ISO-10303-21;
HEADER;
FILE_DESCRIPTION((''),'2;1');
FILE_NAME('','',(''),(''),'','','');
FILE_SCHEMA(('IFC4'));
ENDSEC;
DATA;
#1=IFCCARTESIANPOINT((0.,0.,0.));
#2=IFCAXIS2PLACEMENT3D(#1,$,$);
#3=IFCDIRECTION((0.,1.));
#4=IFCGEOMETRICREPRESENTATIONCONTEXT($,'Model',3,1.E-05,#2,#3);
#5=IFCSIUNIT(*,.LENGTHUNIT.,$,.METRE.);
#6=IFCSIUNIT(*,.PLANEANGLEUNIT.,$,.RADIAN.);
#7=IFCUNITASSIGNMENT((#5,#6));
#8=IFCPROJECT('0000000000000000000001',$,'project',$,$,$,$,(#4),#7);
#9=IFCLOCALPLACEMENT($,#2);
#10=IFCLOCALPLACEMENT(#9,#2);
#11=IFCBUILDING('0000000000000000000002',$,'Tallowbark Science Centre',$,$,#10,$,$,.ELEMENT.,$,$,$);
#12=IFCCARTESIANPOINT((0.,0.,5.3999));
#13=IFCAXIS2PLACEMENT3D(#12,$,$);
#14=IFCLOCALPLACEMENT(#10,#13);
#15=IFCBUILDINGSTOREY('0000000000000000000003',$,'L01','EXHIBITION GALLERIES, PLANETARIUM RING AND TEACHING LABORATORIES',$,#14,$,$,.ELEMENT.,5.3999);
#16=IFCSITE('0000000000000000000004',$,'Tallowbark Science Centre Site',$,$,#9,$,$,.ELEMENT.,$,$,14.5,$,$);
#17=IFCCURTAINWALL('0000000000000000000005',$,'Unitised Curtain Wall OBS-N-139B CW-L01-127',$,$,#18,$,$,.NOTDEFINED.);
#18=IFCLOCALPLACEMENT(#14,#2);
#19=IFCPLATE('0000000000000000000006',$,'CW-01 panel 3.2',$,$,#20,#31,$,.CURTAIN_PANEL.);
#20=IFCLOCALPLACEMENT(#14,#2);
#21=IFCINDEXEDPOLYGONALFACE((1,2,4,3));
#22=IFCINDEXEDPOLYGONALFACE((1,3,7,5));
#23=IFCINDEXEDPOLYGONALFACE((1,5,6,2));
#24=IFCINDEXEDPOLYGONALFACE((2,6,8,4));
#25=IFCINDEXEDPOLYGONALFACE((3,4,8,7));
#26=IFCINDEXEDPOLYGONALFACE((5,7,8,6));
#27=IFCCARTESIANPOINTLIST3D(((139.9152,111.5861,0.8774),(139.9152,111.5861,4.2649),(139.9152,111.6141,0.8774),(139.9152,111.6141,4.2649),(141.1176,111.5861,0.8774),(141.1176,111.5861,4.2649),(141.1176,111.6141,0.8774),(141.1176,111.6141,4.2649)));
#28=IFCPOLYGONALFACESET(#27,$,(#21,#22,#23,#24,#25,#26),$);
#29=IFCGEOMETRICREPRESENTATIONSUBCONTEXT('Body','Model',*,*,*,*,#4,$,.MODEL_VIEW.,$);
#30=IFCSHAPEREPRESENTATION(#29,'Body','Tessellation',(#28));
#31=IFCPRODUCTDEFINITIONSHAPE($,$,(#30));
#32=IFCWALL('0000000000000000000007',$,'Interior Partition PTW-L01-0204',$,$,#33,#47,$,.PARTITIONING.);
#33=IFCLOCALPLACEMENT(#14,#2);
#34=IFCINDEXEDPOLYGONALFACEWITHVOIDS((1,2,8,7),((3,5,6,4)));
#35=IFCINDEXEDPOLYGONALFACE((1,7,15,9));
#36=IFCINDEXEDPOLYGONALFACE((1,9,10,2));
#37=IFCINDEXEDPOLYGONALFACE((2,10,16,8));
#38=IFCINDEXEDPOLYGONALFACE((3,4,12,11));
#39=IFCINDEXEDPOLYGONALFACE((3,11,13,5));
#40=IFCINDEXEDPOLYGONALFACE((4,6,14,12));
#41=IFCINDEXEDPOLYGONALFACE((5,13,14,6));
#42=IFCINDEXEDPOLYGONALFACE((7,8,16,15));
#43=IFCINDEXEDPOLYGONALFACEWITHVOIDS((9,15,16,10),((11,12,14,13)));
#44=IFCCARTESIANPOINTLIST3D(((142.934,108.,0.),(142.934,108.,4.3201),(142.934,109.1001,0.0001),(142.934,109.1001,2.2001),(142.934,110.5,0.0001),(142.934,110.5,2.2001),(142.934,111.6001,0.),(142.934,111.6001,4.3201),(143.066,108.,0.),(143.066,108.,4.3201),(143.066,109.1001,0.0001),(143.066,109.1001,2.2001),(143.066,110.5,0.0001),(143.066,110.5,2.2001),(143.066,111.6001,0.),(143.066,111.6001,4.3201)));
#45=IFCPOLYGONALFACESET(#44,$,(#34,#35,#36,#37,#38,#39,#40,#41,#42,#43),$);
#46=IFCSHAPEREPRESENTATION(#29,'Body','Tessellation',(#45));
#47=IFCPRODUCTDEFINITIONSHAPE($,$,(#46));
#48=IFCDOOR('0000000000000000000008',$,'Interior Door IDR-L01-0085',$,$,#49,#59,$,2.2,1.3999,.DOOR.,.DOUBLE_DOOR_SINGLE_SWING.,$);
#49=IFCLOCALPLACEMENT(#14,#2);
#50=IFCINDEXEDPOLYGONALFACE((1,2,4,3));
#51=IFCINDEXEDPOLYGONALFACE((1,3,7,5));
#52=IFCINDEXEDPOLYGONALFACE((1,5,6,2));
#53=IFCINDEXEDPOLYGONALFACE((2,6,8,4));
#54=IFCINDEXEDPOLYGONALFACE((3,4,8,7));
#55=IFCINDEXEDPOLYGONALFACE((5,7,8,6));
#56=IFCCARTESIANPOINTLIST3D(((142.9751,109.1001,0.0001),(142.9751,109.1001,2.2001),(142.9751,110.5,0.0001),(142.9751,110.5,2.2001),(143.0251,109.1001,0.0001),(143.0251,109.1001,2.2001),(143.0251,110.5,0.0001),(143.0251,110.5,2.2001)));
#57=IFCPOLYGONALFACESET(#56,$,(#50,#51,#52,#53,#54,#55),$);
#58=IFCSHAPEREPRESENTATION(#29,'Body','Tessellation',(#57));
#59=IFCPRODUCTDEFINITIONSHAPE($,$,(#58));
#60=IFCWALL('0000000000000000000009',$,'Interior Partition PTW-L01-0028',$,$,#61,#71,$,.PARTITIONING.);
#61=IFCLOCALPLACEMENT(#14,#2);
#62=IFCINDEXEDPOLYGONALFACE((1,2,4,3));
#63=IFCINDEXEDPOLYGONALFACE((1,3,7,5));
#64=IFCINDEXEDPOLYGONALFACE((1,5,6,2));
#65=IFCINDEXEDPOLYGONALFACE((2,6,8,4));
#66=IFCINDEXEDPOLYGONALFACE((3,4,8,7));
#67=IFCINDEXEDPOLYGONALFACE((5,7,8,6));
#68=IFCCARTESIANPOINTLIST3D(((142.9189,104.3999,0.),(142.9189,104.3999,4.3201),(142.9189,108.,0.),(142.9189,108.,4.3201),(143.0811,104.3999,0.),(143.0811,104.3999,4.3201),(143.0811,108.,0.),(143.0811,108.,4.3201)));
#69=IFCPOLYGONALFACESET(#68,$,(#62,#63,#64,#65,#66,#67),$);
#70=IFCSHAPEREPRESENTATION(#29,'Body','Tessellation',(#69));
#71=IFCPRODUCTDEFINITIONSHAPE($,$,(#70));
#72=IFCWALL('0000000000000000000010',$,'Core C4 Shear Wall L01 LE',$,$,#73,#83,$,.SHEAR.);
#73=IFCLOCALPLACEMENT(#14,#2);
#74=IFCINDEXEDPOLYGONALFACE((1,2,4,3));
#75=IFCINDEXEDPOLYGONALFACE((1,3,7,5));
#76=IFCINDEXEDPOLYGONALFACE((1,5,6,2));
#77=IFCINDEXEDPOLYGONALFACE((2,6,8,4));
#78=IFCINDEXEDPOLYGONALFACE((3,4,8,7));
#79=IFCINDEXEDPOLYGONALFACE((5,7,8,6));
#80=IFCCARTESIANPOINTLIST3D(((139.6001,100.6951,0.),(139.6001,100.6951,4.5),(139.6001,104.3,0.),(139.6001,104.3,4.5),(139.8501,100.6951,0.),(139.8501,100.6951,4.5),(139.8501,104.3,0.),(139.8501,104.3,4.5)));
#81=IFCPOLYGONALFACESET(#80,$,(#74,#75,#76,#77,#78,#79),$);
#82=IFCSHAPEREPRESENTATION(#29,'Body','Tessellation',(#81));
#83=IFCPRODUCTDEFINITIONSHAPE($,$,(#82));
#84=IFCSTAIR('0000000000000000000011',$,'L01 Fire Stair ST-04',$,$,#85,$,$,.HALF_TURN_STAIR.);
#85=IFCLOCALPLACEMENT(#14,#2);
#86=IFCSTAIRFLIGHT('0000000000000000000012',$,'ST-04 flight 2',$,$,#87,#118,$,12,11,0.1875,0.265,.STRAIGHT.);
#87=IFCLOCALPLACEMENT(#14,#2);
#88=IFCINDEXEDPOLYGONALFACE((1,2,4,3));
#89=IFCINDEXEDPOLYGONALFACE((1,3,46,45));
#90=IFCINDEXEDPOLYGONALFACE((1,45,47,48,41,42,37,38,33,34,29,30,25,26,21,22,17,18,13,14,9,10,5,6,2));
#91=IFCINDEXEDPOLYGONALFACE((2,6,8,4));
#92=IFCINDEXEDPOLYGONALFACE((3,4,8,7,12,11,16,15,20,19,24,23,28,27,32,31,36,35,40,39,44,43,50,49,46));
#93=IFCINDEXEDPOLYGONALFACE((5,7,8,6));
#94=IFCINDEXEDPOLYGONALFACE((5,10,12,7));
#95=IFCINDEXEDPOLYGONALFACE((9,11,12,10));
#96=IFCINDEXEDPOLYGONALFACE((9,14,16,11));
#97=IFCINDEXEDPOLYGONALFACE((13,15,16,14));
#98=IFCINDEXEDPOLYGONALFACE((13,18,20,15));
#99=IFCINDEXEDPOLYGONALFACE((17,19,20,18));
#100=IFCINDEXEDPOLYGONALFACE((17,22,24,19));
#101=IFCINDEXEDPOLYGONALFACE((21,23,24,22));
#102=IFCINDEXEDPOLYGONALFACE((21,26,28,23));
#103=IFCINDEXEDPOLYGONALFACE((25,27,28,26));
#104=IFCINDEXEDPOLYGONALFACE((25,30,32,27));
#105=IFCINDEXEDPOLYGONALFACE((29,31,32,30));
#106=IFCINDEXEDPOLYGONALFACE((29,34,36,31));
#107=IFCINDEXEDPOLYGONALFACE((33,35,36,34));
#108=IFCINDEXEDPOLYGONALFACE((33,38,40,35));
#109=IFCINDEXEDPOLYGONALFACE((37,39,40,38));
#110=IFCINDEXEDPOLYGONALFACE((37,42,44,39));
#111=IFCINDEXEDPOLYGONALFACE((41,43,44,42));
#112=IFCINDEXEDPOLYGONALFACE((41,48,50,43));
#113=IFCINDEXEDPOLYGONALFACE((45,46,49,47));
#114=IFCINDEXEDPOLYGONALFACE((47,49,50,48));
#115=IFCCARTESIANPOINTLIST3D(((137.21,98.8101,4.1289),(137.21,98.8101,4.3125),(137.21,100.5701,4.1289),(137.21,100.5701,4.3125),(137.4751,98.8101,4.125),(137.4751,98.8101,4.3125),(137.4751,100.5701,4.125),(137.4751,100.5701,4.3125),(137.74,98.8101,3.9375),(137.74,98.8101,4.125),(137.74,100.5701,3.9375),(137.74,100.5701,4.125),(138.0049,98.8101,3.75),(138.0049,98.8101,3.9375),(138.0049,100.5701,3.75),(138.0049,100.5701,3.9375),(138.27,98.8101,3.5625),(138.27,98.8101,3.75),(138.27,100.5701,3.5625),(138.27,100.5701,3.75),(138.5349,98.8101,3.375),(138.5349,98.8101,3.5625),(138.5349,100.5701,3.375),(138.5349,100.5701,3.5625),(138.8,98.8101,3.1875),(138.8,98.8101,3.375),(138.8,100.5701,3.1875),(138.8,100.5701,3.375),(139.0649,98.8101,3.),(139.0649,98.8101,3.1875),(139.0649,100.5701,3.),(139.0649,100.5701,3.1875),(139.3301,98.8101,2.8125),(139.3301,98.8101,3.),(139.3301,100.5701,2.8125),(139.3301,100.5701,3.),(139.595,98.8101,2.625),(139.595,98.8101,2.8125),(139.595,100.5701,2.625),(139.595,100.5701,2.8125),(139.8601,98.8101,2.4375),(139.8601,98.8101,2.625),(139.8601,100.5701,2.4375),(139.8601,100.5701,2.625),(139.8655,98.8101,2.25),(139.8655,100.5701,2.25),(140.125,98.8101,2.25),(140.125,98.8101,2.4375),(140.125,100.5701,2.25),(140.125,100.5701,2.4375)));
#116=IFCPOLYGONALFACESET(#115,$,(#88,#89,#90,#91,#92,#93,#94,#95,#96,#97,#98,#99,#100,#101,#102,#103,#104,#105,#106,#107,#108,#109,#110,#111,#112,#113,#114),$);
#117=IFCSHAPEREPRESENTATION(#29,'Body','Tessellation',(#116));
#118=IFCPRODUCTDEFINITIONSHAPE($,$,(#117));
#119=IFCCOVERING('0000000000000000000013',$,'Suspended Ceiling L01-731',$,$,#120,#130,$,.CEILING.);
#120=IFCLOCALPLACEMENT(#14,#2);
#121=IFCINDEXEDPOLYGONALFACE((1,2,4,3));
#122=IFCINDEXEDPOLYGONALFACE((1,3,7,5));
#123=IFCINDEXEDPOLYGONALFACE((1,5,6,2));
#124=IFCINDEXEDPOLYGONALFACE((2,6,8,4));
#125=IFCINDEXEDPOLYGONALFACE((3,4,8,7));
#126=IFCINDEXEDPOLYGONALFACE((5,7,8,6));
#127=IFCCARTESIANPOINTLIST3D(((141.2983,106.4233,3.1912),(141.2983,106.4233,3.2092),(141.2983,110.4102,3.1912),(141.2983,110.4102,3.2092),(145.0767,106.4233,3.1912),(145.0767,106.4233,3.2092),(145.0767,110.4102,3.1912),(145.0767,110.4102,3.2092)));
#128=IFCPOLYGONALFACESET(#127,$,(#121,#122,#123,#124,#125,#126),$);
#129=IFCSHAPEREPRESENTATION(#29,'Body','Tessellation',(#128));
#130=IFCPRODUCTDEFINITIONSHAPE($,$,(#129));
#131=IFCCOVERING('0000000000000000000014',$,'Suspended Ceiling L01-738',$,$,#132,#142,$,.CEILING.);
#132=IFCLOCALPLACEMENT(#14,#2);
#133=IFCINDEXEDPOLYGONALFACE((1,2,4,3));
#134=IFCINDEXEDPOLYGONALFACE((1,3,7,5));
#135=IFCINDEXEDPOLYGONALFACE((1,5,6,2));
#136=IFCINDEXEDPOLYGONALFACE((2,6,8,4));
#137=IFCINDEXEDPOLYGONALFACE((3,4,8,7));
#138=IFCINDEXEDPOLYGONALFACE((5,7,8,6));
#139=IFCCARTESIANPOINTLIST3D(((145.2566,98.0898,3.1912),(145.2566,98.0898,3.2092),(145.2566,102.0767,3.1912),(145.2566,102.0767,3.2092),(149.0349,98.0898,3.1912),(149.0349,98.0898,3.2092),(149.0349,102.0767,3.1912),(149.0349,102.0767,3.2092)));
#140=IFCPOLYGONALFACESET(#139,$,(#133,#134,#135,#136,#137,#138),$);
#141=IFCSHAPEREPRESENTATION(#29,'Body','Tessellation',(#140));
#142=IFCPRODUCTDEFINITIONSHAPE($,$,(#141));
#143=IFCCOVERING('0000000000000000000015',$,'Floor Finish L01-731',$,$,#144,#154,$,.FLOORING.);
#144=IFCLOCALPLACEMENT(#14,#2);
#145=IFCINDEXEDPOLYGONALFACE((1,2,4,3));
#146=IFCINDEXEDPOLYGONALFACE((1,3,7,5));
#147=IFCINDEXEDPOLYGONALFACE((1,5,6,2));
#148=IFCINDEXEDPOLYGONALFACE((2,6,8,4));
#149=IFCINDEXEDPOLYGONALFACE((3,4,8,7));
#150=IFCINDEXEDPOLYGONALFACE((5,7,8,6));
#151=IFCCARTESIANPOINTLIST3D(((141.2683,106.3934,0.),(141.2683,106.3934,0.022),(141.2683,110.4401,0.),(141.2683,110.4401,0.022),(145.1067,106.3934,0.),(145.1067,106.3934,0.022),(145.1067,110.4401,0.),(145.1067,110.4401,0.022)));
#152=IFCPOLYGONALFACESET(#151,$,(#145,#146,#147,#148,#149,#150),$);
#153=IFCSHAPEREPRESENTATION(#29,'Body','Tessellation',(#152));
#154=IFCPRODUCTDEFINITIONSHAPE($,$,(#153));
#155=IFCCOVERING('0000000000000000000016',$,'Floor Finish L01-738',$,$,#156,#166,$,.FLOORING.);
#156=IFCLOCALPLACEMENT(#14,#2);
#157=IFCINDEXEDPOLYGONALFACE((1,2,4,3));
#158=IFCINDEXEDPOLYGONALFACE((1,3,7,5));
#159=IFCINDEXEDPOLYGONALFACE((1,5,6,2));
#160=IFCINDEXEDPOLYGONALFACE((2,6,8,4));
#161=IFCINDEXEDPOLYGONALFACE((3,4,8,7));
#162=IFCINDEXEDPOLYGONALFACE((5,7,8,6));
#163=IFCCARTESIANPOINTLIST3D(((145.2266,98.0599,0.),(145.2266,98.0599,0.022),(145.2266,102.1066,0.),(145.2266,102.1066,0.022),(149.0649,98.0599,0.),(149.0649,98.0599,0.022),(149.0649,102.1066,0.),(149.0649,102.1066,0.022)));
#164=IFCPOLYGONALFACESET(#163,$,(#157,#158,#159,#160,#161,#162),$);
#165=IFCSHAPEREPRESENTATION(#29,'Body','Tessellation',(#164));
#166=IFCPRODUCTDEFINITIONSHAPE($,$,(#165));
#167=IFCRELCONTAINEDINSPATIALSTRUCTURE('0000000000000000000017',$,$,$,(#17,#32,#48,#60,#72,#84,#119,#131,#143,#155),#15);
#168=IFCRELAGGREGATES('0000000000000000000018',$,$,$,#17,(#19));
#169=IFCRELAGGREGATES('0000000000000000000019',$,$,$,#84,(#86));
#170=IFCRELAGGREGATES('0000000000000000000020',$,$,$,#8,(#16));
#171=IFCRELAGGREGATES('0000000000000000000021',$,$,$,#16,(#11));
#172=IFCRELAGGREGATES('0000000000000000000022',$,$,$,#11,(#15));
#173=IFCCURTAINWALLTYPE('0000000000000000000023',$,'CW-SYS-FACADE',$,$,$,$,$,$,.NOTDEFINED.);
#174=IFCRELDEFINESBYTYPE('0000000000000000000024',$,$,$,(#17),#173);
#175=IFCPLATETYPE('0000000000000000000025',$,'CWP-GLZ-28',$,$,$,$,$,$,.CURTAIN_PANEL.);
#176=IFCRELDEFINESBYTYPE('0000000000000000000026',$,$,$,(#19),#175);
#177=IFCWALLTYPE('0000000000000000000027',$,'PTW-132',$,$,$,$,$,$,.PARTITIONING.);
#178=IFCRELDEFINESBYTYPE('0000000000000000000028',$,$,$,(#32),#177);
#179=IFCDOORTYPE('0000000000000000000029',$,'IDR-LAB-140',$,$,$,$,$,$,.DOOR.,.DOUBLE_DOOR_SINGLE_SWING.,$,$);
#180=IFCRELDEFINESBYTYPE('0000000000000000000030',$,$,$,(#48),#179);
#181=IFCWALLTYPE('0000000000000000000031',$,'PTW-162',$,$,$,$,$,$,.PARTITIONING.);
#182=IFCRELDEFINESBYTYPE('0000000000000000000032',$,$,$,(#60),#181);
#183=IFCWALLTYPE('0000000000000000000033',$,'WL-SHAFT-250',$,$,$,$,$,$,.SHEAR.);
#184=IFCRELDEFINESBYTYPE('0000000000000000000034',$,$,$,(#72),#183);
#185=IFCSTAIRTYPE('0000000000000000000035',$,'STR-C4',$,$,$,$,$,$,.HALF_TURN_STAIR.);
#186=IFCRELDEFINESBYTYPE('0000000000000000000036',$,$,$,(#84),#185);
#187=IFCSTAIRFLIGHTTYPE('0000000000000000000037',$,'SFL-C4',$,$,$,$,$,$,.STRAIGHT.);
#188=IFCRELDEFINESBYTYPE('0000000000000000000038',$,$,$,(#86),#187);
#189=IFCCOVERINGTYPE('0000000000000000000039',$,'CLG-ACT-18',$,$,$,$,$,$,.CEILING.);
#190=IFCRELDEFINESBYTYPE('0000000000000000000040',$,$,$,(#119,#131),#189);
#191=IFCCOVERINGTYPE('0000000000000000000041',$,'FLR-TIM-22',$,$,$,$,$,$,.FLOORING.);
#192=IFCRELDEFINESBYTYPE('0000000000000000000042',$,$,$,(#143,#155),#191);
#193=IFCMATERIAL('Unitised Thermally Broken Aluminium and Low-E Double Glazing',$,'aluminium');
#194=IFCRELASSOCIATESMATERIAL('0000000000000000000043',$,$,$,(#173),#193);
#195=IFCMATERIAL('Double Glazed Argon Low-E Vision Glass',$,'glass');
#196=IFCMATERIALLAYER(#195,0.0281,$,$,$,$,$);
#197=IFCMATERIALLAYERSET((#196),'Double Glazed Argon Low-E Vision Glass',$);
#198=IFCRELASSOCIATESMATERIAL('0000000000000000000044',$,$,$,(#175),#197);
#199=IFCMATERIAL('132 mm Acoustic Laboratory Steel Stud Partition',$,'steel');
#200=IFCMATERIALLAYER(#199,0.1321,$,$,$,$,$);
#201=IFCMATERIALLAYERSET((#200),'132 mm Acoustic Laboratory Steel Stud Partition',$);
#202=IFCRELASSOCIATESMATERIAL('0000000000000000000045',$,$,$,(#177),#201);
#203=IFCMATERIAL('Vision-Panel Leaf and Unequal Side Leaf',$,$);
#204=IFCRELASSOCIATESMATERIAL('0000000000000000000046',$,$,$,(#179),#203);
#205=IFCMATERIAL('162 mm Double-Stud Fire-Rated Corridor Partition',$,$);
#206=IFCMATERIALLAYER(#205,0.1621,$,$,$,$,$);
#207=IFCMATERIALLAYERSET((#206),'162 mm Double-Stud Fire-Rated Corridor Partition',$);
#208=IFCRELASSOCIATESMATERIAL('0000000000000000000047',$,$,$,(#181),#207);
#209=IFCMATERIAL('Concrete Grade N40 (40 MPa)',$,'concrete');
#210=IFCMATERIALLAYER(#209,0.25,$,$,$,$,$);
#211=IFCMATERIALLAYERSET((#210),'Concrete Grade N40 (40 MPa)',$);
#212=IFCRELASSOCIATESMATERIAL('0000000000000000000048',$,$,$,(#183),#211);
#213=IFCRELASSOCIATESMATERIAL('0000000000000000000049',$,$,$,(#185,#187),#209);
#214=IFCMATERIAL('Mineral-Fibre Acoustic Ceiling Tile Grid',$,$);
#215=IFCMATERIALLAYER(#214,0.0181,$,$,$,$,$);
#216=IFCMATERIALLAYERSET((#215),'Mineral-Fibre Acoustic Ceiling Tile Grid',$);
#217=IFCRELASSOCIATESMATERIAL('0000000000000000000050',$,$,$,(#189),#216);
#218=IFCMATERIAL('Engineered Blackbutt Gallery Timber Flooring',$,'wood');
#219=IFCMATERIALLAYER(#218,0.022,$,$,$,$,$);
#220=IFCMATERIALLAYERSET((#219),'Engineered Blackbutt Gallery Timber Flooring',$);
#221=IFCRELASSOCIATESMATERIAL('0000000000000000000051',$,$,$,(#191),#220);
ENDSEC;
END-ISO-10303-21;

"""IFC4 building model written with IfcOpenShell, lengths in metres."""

from ifc_helpers import new_model, si_unit, direction, frame, frame_2d, origin, origin_2d, place, context, subcontext, project, spatial, polyline, rectangle, outline, extrude, material, layer, layer_set, type_object, element, fill, aggregate, save


model = new_model("IFC4")

# Units and contexts
model_context = context("Model", 3, precision=1e-05, world=origin(), true_north=direction((0.0, 1.0)))
body_context = subcontext(model_context, "Body", "Model", "MODEL_VIEW")
ifc_project = project(units=[si_unit("LENGTHUNIT", "METRE"), si_unit("PLANEANGLEUNIT", "RADIAN")], contexts=[model_context])

# Site, building, storey
site_placement = place(None, origin())
site = spatial("IfcSite", under=ifc_project, at=site_placement, Name="Tallowbark Science Centre Site", CompositionType="ELEMENT", RefElevation=14.5)
building_placement = place(site_placement, origin())
building = spatial("IfcBuilding", under=site, at=building_placement, Name="Tallowbark Science Centre", CompositionType="ELEMENT")
storey_placement = place(building_placement, frame((0.0, 0.0, 5.3999)))
storey = spatial("IfcBuildingStorey", under=building, at=storey_placement, Name="L01", Description="EXHIBITION GALLERIES, PLANETARIUM RING AND TEACHING LABORATORIES", CompositionType="ELEMENT", Elevation=5.3999)

# Curtain wall
ifc_material_1 = material(Name="Unitised Thermally Broken Aluminium and Low-E Double Glazing", Category="aluminium")
curtain_wall_type = type_object("IfcCurtainWallType", Name="CW-SYS-FACADE", PredefinedType="NOTDEFINED", material=ifc_material_1)
curtain_wall_placement = place(storey_placement, origin())
curtain_wall = element("IfcCurtainWall", 1, at=curtain_wall_placement, inside=storey, type_object=curtain_wall_type, Name="Unitised Curtain Wall OBS-N-139B CW-L01-127", PredefinedType="NOTDEFINED")

# Plate
ifc_material_2 = material(Name="Double Glazed Argon Low-E Vision Glass", Category="glass")
ifc_layer_1 = layer(ifc_material_2, 0.0281)
ifc_layer_set_1 = layer_set([ifc_layer_1], Name="Double Glazed Argon Low-E Vision Glass")
plate_type = type_object("IfcPlateType", Name="CWP-GLZ-28", PredefinedType="CURTAIN_PANEL", material=ifc_layer_set_1)
plate_1_placement = place(storey_placement, frame((140.5164, 111.6001, 0.8774), z_axis=(0.0, 0.0, 1.0), x_axis=(-1.0, 0.0, 0.0)))
plate_1 = element("IfcPlate", 2, at=plate_1_placement, type_object=plate_type, Name="CW-01 panel 3.2", PredefinedType="CURTAIN_PANEL", context=body_context, shape_type="SweptSolid", body=[
    extrude(rectangle(XDim=1.2024, YDim=0.0281, at=origin_2d()), origin(), (0.0, 0.0, 1.0), 3.3875),
])
aggregate(curtain_wall, [plate_1])

# Wall, opening, door
ifc_material_3 = material(Name="132 mm Acoustic Laboratory Steel Stud Partition", Category="steel")
ifc_layer_2 = layer(ifc_material_3, 0.1321)
ifc_layer_set_2 = layer_set([ifc_layer_2], Name="132 mm Acoustic Laboratory Steel Stud Partition")
wall_type_1 = type_object("IfcWallType", Name="PTW-132", PredefinedType="PARTITIONING", material=ifc_layer_set_2)
wall_1_placement = place(storey_placement, frame((143.0, 108.0, 0.0), z_axis=(0.0, 0.0, 1.0), x_axis=(0.0, 1.0, 0.0)))
wall_1 = element("IfcWall", 3, at=wall_1_placement, inside=storey, type_object=wall_type_1, Name="Interior Partition PTW-L01-0204", PredefinedType="PARTITIONING", context=body_context, shape_type="SweptSolid", body=[
    extrude(rectangle(XDim=3.6001, YDim=0.1321, at=frame_2d((1.8, 0.0))), origin(), (0.0, 0.0, 1.0), 4.3201),
])
opening_placement = place(wall_1_placement, frame((1.1001, 0.0, 0.0)))
opening = element("IfcOpeningElement", 4, at=opening_placement, cuts=wall_1, PredefinedType="OPENING", context=body_context, shape_type="SweptSolid", body=[
    extrude(rectangle(XDim=1.3999, YDim=2.2, at=frame_2d((0.7, 1.1001))), frame((0.0, 0.0762, 0.0), z_axis=(0.0, -1.0, 0.0), x_axis=(1.0, 0.0, 0.0)), (0.0, 0.0, 1.0), 0.1521),
])
ifc_material_4 = material(Name="Vision-Panel Leaf and Unequal Side Leaf")
door_type = type_object("IfcDoorType", Name="IDR-LAB-140", OperationType="DOUBLE_DOOR_SINGLE_SWING", PredefinedType="DOOR", material=ifc_material_4)
door_placement = place(opening_placement, origin())
door = element("IfcDoor", 5, at=door_placement, inside=storey, type_object=door_type, Name="Interior Door IDR-L01-0085", OperationType="DOUBLE_DOOR_SINGLE_SWING", OverallHeight=2.2, OverallWidth=1.3999, PredefinedType="DOOR", context=body_context, shape_type="SweptSolid", body=[
    extrude(rectangle(XDim=1.3999, YDim=2.2, at=frame_2d((0.7, 1.1001))), frame((0.0, 0.0249, 0.0), z_axis=(0.0, -1.0, 0.0), x_axis=(1.0, 0.0, 0.0)), (0.0, 0.0, 1.0), 0.05),
])
fill(opening, door)

# Walls
ifc_material_5 = material(Name="162 mm Double-Stud Fire-Rated Corridor Partition")
ifc_layer_3 = layer(ifc_material_5, 0.1621)
ifc_layer_set_3 = layer_set([ifc_layer_3], Name="162 mm Double-Stud Fire-Rated Corridor Partition")
wall_type_2 = type_object("IfcWallType", Name="PTW-162", PredefinedType="PARTITIONING", material=ifc_layer_set_3)
wall_2_placement = place(storey_placement, frame((143.0, 104.3999, 0.0), z_axis=(0.0, 0.0, 1.0), x_axis=(0.0, 1.0, 0.0)))
element("IfcWall", 6, at=wall_2_placement, inside=storey, type_object=wall_type_2, Name="Interior Partition PTW-L01-0028", PredefinedType="PARTITIONING", context=body_context, shape_type="SweptSolid", body=[
    extrude(rectangle(XDim=3.6001, YDim=0.1621, at=frame_2d((1.8, 0.0))), origin(), (0.0, 0.0, 1.0), 4.3201),
])
ifc_material_6 = material(Name="Concrete Grade N40 (40 MPa)", Category="concrete")
ifc_layer_4 = layer(ifc_material_6, 0.25)
ifc_layer_set_4 = layer_set([ifc_layer_4], Name="Concrete Grade N40 (40 MPa)")
wall_type_3 = type_object("IfcWallType", Name="WL-SHAFT-250", PredefinedType="SHEAR", material=ifc_layer_set_4)
wall_3_placement = place(storey_placement, frame((139.7251, 100.6951, 0.0), z_axis=(0.0, 0.0, 1.0), x_axis=(0.0, 1.0, 0.0)))
element("IfcWall", 7, at=wall_3_placement, inside=storey, type_object=wall_type_3, Name="Core C4 Shear Wall L01 LE", PredefinedType="SHEAR", context=body_context, shape_type="SweptSolid", body=[
    extrude(rectangle(XDim=3.605, YDim=0.25, at=frame_2d((1.8025, 0.0))), origin(), (0.0, 0.0, 1.0), 4.5),
])

# Stair, stair flight
stair_type = type_object("IfcStairType", Name="STR-C4", PredefinedType="HALF_TURN_STAIR", material=ifc_material_6)
stair_placement = place(storey_placement, origin())
stair = element("IfcStair", 8, at=stair_placement, inside=storey, type_object=stair_type, Name="L01 Fire Stair ST-04", PredefinedType="HALF_TURN_STAIR")
stair_flight_type = type_object("IfcStairFlightType", Name="SFL-C4", PredefinedType="STRAIGHT", material=ifc_material_6)
stair_flight_placement = place(storey_placement, frame((140.125, 99.6899, 2.25), z_axis=(0.0, 0.0, 1.0), x_axis=(-1.0, 0.0, 0.0)))
stair_flight = element("IfcStairFlight", 9, at=stair_flight_placement, type_object=stair_flight_type, Name="ST-04 flight 2", NumberOfRisers=12, NumberOfTreads=11, PredefinedType="STRAIGHT", RiserHeight=0.1875, TreadLength=0.265, context=body_context, shape_type="SweptSolid", body=[
    extrude(outline(polyline([(0.0, 0.0), (0.0, 0.1875), (0.2649, 0.1875), (0.2649, 0.375), (0.53, 0.375), (0.53, 0.5625), (0.7949, 0.5625), (0.7949, 0.75), (1.0601, 0.75), (1.0601, 0.9375), (1.325, 0.9375), (1.325, 1.125), (1.5901, 1.125), (1.5901, 1.3125), (1.855, 1.3125), (1.855, 1.5), (2.1201, 1.5), (2.1201, 1.6875), (2.385, 1.6875), (2.385, 1.875), (2.6499, 1.875), (2.6499, 2.0625), (2.915, 2.0625), (2.915, 2.25), (2.915, 1.8789), (0.2595, 0.0), (0.0, 0.0)])), frame((0.0, 0.8799, 0.0), z_axis=(0.0, -1.0, 0.0), x_axis=(1.0, 0.0, 0.0)), (0.0, 0.0, 1.0), 1.76),
])
aggregate(stair, [stair_flight])

# Coverings
ifc_material_7 = material(Name="Mineral-Fibre Acoustic Ceiling Tile Grid")
ifc_layer_5 = layer(ifc_material_7, 0.0181)
ifc_layer_set_5 = layer_set([ifc_layer_5], Name="Mineral-Fibre Acoustic Ceiling Tile Grid")
covering_type_1 = type_object("IfcCoveringType", Name="CLG-ACT-18", PredefinedType="CEILING", material=ifc_layer_set_5)
for number, where, z_axis, x_axis, name in (
    (10, (143.1875, 108.4167, 3.1912), (0.0, 0.0, 1.0), (1.0, 0.0, 0.0), "Suspended Ceiling L01-731"),
    (11, (147.1458, 100.0833, 3.1912), (0.0, 0.0, 1.0), (1.0, 0.0, 0.0), "Suspended Ceiling L01-738"),
):
    element("IfcCovering", number, at=place(storey_placement, frame(where, z_axis=z_axis, x_axis=x_axis)), inside=storey, type_object=covering_type_1, Name=name, PredefinedType="CEILING", context=body_context, shape_type="SweptSolid", body=[
        extrude(rectangle(XDim=3.7783, YDim=3.9868, at=origin_2d()), origin(), (0.0, 0.0, 1.0), 0.0181),
    ])
ifc_material_8 = material(Name="Engineered Blackbutt Gallery Timber Flooring", Category="wood")
ifc_layer_6 = layer(ifc_material_8, 0.022)
ifc_layer_set_6 = layer_set([ifc_layer_6], Name="Engineered Blackbutt Gallery Timber Flooring")
covering_type_2 = type_object("IfcCoveringType", Name="FLR-TIM-22", PredefinedType="FLOORING", material=ifc_layer_set_6)
for number, where, z_axis, x_axis, name in (
    (12, (143.1875, 108.4167, 0.0), (0.0, 0.0, 1.0), (1.0, 0.0, 0.0), "Floor Finish L01-731"),
    (13, (147.1458, 100.0833, 0.0), (0.0, 0.0, 1.0), (1.0, 0.0, 0.0), "Floor Finish L01-738"),
):
    element("IfcCovering", number, at=place(storey_placement, frame(where, z_axis=z_axis, x_axis=x_axis)), inside=storey, type_object=covering_type_2, Name=name, PredefinedType="FLOORING", context=body_context, shape_type="SweptSolid", body=[
        extrude(rectangle(XDim=3.8384, YDim=4.0466, at=origin_2d()), origin(), (0.0, 0.0, 1.0), 0.022),
    ])

save(model, "model.ifc")
